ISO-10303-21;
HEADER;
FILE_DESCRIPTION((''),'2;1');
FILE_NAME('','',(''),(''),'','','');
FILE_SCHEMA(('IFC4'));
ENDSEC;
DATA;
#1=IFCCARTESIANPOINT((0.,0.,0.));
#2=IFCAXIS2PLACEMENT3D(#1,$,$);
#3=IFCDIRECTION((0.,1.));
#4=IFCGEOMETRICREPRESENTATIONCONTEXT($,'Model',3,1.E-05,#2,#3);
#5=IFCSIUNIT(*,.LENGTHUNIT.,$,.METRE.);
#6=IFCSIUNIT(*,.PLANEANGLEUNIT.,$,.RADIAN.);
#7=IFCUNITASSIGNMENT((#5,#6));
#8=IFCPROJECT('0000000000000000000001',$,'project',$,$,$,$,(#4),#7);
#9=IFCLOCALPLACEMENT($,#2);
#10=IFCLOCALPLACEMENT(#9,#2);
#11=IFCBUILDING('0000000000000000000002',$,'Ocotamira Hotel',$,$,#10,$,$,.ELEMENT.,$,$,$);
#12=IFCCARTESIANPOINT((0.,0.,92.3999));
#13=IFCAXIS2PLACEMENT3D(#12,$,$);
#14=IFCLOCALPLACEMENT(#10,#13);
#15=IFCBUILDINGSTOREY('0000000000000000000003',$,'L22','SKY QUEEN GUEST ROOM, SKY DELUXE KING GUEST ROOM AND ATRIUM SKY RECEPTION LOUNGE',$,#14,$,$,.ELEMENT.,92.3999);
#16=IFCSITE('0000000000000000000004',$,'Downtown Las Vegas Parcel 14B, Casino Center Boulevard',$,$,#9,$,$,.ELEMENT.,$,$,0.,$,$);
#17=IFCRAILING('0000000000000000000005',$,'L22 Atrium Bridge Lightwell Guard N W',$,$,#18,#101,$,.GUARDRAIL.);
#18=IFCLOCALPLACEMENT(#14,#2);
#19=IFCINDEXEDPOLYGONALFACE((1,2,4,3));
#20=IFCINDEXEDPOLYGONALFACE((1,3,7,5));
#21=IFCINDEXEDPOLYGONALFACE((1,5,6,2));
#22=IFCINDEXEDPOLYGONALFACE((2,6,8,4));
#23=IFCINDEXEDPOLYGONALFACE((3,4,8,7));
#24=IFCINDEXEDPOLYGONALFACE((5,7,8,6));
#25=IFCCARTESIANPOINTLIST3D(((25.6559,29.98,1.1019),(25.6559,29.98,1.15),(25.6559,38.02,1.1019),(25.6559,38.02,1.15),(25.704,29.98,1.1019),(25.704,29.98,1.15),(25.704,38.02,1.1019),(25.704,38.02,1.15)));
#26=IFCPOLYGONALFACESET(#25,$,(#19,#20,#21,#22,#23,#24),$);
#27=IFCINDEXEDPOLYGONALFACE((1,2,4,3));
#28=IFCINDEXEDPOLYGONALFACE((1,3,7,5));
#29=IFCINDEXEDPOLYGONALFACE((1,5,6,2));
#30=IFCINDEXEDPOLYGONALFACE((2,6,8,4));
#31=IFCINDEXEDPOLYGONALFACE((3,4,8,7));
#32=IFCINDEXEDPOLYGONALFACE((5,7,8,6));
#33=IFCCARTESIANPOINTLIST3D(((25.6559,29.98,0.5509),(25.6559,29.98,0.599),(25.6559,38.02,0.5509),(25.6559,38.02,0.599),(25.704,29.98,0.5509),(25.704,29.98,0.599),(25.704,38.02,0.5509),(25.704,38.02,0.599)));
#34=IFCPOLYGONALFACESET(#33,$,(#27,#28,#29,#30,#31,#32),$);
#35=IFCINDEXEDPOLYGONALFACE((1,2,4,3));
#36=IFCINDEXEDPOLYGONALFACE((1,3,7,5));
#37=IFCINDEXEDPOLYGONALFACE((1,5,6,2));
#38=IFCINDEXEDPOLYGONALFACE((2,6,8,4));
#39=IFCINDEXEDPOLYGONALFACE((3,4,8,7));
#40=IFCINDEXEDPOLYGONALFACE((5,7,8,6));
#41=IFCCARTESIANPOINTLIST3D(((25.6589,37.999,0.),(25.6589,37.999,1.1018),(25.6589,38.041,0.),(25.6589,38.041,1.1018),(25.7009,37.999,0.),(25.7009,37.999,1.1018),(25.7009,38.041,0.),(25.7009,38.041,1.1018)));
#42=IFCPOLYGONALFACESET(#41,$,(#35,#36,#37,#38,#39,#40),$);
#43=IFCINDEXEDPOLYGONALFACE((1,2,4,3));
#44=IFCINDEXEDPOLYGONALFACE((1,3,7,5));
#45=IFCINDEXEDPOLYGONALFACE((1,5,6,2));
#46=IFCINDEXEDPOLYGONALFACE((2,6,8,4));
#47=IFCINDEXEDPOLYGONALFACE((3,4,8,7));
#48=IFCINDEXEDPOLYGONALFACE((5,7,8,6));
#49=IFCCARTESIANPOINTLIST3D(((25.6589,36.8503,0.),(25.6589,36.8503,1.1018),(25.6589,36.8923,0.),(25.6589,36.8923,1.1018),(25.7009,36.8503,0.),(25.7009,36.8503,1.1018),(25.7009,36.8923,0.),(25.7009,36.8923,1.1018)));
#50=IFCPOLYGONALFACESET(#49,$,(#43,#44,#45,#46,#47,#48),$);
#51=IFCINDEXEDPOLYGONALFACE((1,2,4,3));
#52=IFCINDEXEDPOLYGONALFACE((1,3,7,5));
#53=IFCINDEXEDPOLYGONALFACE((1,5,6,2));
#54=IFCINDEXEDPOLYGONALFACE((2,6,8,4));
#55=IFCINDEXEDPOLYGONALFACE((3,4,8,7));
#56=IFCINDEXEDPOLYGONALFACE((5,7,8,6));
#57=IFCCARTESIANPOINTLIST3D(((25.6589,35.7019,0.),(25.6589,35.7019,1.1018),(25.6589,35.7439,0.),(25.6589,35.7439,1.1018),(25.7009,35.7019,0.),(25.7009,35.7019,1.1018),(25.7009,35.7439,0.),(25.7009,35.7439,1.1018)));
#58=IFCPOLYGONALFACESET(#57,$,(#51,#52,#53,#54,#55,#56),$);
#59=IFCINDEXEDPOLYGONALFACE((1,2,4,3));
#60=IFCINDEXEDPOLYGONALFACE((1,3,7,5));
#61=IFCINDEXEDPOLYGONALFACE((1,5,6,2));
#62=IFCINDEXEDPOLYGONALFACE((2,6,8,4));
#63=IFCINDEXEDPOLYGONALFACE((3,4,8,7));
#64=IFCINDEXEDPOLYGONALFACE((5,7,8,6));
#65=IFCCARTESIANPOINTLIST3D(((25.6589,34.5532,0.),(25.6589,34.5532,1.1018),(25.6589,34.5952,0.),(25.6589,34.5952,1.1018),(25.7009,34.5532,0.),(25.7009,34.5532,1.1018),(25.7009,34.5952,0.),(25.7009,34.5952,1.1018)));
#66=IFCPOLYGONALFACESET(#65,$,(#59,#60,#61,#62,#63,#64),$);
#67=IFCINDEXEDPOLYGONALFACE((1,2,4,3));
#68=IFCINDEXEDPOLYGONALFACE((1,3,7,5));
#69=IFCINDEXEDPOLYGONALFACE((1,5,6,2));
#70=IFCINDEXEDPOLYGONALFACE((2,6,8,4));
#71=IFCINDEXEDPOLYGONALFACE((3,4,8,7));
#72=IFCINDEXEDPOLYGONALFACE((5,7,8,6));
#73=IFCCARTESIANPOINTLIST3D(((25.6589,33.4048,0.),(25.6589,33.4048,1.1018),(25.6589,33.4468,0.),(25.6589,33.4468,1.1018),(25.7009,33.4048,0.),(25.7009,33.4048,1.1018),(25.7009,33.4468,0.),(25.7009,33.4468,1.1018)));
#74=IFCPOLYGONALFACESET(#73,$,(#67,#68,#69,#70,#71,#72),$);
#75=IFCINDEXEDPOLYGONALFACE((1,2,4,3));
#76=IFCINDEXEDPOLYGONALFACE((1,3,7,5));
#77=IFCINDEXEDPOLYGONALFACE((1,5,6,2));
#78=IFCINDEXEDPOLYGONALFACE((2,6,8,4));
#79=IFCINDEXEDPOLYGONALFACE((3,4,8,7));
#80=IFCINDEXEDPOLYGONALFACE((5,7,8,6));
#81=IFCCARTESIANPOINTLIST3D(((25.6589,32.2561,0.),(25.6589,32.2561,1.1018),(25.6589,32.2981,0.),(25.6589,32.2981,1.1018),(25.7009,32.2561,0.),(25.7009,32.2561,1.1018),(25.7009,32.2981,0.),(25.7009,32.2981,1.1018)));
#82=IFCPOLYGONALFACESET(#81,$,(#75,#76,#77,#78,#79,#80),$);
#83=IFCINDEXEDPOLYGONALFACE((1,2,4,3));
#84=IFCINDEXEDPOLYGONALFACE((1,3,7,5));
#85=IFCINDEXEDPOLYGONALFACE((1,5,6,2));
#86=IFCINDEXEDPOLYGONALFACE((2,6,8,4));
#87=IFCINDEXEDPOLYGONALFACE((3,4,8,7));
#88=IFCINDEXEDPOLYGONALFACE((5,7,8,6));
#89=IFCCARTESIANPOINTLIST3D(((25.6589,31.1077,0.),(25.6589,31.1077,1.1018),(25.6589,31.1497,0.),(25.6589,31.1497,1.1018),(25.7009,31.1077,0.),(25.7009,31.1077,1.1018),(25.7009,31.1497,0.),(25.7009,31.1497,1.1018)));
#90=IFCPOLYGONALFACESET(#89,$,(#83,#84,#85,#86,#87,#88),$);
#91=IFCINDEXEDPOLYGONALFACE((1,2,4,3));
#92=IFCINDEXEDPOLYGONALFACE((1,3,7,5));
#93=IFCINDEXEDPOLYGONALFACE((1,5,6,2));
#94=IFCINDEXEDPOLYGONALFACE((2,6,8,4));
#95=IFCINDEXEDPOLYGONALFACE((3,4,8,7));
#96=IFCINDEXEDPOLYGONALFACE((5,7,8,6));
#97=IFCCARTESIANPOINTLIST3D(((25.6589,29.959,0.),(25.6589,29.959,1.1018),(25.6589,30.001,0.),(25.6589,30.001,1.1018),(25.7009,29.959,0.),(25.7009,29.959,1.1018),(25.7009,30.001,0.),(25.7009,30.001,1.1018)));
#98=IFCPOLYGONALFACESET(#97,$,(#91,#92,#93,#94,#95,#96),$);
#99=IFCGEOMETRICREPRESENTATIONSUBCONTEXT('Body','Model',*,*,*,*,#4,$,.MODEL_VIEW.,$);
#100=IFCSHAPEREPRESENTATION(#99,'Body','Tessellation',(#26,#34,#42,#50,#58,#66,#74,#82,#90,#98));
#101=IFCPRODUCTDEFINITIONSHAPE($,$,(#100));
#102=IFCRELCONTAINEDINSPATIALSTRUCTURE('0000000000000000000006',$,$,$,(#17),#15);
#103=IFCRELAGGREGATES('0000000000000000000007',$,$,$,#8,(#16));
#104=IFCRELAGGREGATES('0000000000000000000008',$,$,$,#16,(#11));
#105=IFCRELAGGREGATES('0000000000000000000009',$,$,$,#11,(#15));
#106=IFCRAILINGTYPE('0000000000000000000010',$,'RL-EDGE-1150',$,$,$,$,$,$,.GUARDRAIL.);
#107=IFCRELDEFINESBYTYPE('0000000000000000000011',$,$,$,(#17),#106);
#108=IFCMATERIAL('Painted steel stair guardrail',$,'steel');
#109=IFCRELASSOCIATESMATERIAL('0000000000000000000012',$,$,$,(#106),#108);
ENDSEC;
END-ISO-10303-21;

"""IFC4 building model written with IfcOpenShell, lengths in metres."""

from ifc_helpers import new_model, si_unit, direction, frame, origin, origin_2d, place, context, subcontext, project, spatial, rectangle, extrude, material, type_object, element, save


model = new_model("IFC4")

# Units and contexts
model_context = context("Model", 3, precision=1e-05, world=origin(), true_north=direction((0.0, 1.0)))
body_context = subcontext(model_context, "Body", "Model", "MODEL_VIEW")
ifc_project = project(units=[si_unit("LENGTHUNIT", "METRE"), si_unit("PLANEANGLEUNIT", "RADIAN")], contexts=[model_context])

# Site, building, storey
site_placement = place(None, origin())
site = spatial("IfcSite", under=ifc_project, at=site_placement, Name="Downtown Las Vegas Parcel 14B, Casino Center Boulevard", CompositionType="ELEMENT", RefElevation=0.0)
building_placement = place(site_placement, origin())
building = spatial("IfcBuilding", under=site, at=building_placement, Name="Ocotamira Hotel", CompositionType="ELEMENT")
storey_placement = place(building_placement, frame((0.0, 0.0, 92.3999)))
storey = spatial("IfcBuildingStorey", under=building, at=storey_placement, Name="L22", Description="SKY QUEEN GUEST ROOM, SKY DELUXE KING GUEST ROOM AND ATRIUM SKY RECEPTION LOUNGE", CompositionType="ELEMENT", Elevation=92.3999)

# Railing
ifc_material_1 = material(Name="Painted steel stair guardrail", Category="steel")
railing_type = type_object("IfcRailingType", Name="RL-EDGE-1150", PredefinedType="GUARDRAIL", material=ifc_material_1)
railing_placement = place(storey_placement, frame((25.6799, 38.02, 0.0)))
element("IfcRailing", 1, at=railing_placement, inside=storey, type_object=railing_type, Name="L22 Atrium Bridge Lightwell Guard N W", PredefinedType="GUARDRAIL", context=body_context, shape_type="SweptSolid", body=[
    extrude(rectangle(XDim=0.0481, YDim=0.0481, at=origin_2d()), frame((0.0, 0.0, 1.126), z_axis=(0.0, -1.0, 0.0), x_axis=(1.0, 0.0, 0.0)), (0.0, 0.0, 1.0), 8.04),
    extrude(rectangle(XDim=0.0481, YDim=0.0481, at=origin_2d()), frame((0.0, 0.0, 0.575), z_axis=(0.0, -1.0, 0.0), x_axis=(1.0, 0.0, 0.0)), (0.0, 0.0, 1.0), 8.04),
    extrude(rectangle(XDim=0.042, YDim=0.042, at=origin_2d()), origin(), (0.0, 0.0, 1.0), 1.1018),
    extrude(rectangle(XDim=0.042, YDim=0.042, at=origin_2d()), frame((0.0, -1.1487, 0.0)), (0.0, 0.0, 1.0), 1.1018),
    extrude(rectangle(XDim=0.042, YDim=0.042, at=origin_2d()), frame((0.0, -2.2971, 0.0)), (0.0, 0.0, 1.0), 1.1018),
    extrude(rectangle(XDim=0.042, YDim=0.042, at=origin_2d()), frame((0.0, -3.4458, 0.0)), (0.0, 0.0, 1.0), 1.1018),
    extrude(rectangle(XDim=0.042, YDim=0.042, at=origin_2d()), frame((0.0, -4.5942, 0.0)), (0.0, 0.0, 1.0), 1.1018),
    extrude(rectangle(XDim=0.042, YDim=0.042, at=origin_2d()), frame((0.0, -5.7429, 0.0)), (0.0, 0.0, 1.0), 1.1018),
    extrude(rectangle(XDim=0.042, YDim=0.042, at=origin_2d()), frame((0.0, -6.8914, 0.0)), (0.0, 0.0, 1.0), 1.1018),
    extrude(rectangle(XDim=0.042, YDim=0.042, at=origin_2d()), frame((0.0, -8.04, 0.0)), (0.0, 0.0, 1.0), 1.1018),
])

save(model, "model.ifc")
